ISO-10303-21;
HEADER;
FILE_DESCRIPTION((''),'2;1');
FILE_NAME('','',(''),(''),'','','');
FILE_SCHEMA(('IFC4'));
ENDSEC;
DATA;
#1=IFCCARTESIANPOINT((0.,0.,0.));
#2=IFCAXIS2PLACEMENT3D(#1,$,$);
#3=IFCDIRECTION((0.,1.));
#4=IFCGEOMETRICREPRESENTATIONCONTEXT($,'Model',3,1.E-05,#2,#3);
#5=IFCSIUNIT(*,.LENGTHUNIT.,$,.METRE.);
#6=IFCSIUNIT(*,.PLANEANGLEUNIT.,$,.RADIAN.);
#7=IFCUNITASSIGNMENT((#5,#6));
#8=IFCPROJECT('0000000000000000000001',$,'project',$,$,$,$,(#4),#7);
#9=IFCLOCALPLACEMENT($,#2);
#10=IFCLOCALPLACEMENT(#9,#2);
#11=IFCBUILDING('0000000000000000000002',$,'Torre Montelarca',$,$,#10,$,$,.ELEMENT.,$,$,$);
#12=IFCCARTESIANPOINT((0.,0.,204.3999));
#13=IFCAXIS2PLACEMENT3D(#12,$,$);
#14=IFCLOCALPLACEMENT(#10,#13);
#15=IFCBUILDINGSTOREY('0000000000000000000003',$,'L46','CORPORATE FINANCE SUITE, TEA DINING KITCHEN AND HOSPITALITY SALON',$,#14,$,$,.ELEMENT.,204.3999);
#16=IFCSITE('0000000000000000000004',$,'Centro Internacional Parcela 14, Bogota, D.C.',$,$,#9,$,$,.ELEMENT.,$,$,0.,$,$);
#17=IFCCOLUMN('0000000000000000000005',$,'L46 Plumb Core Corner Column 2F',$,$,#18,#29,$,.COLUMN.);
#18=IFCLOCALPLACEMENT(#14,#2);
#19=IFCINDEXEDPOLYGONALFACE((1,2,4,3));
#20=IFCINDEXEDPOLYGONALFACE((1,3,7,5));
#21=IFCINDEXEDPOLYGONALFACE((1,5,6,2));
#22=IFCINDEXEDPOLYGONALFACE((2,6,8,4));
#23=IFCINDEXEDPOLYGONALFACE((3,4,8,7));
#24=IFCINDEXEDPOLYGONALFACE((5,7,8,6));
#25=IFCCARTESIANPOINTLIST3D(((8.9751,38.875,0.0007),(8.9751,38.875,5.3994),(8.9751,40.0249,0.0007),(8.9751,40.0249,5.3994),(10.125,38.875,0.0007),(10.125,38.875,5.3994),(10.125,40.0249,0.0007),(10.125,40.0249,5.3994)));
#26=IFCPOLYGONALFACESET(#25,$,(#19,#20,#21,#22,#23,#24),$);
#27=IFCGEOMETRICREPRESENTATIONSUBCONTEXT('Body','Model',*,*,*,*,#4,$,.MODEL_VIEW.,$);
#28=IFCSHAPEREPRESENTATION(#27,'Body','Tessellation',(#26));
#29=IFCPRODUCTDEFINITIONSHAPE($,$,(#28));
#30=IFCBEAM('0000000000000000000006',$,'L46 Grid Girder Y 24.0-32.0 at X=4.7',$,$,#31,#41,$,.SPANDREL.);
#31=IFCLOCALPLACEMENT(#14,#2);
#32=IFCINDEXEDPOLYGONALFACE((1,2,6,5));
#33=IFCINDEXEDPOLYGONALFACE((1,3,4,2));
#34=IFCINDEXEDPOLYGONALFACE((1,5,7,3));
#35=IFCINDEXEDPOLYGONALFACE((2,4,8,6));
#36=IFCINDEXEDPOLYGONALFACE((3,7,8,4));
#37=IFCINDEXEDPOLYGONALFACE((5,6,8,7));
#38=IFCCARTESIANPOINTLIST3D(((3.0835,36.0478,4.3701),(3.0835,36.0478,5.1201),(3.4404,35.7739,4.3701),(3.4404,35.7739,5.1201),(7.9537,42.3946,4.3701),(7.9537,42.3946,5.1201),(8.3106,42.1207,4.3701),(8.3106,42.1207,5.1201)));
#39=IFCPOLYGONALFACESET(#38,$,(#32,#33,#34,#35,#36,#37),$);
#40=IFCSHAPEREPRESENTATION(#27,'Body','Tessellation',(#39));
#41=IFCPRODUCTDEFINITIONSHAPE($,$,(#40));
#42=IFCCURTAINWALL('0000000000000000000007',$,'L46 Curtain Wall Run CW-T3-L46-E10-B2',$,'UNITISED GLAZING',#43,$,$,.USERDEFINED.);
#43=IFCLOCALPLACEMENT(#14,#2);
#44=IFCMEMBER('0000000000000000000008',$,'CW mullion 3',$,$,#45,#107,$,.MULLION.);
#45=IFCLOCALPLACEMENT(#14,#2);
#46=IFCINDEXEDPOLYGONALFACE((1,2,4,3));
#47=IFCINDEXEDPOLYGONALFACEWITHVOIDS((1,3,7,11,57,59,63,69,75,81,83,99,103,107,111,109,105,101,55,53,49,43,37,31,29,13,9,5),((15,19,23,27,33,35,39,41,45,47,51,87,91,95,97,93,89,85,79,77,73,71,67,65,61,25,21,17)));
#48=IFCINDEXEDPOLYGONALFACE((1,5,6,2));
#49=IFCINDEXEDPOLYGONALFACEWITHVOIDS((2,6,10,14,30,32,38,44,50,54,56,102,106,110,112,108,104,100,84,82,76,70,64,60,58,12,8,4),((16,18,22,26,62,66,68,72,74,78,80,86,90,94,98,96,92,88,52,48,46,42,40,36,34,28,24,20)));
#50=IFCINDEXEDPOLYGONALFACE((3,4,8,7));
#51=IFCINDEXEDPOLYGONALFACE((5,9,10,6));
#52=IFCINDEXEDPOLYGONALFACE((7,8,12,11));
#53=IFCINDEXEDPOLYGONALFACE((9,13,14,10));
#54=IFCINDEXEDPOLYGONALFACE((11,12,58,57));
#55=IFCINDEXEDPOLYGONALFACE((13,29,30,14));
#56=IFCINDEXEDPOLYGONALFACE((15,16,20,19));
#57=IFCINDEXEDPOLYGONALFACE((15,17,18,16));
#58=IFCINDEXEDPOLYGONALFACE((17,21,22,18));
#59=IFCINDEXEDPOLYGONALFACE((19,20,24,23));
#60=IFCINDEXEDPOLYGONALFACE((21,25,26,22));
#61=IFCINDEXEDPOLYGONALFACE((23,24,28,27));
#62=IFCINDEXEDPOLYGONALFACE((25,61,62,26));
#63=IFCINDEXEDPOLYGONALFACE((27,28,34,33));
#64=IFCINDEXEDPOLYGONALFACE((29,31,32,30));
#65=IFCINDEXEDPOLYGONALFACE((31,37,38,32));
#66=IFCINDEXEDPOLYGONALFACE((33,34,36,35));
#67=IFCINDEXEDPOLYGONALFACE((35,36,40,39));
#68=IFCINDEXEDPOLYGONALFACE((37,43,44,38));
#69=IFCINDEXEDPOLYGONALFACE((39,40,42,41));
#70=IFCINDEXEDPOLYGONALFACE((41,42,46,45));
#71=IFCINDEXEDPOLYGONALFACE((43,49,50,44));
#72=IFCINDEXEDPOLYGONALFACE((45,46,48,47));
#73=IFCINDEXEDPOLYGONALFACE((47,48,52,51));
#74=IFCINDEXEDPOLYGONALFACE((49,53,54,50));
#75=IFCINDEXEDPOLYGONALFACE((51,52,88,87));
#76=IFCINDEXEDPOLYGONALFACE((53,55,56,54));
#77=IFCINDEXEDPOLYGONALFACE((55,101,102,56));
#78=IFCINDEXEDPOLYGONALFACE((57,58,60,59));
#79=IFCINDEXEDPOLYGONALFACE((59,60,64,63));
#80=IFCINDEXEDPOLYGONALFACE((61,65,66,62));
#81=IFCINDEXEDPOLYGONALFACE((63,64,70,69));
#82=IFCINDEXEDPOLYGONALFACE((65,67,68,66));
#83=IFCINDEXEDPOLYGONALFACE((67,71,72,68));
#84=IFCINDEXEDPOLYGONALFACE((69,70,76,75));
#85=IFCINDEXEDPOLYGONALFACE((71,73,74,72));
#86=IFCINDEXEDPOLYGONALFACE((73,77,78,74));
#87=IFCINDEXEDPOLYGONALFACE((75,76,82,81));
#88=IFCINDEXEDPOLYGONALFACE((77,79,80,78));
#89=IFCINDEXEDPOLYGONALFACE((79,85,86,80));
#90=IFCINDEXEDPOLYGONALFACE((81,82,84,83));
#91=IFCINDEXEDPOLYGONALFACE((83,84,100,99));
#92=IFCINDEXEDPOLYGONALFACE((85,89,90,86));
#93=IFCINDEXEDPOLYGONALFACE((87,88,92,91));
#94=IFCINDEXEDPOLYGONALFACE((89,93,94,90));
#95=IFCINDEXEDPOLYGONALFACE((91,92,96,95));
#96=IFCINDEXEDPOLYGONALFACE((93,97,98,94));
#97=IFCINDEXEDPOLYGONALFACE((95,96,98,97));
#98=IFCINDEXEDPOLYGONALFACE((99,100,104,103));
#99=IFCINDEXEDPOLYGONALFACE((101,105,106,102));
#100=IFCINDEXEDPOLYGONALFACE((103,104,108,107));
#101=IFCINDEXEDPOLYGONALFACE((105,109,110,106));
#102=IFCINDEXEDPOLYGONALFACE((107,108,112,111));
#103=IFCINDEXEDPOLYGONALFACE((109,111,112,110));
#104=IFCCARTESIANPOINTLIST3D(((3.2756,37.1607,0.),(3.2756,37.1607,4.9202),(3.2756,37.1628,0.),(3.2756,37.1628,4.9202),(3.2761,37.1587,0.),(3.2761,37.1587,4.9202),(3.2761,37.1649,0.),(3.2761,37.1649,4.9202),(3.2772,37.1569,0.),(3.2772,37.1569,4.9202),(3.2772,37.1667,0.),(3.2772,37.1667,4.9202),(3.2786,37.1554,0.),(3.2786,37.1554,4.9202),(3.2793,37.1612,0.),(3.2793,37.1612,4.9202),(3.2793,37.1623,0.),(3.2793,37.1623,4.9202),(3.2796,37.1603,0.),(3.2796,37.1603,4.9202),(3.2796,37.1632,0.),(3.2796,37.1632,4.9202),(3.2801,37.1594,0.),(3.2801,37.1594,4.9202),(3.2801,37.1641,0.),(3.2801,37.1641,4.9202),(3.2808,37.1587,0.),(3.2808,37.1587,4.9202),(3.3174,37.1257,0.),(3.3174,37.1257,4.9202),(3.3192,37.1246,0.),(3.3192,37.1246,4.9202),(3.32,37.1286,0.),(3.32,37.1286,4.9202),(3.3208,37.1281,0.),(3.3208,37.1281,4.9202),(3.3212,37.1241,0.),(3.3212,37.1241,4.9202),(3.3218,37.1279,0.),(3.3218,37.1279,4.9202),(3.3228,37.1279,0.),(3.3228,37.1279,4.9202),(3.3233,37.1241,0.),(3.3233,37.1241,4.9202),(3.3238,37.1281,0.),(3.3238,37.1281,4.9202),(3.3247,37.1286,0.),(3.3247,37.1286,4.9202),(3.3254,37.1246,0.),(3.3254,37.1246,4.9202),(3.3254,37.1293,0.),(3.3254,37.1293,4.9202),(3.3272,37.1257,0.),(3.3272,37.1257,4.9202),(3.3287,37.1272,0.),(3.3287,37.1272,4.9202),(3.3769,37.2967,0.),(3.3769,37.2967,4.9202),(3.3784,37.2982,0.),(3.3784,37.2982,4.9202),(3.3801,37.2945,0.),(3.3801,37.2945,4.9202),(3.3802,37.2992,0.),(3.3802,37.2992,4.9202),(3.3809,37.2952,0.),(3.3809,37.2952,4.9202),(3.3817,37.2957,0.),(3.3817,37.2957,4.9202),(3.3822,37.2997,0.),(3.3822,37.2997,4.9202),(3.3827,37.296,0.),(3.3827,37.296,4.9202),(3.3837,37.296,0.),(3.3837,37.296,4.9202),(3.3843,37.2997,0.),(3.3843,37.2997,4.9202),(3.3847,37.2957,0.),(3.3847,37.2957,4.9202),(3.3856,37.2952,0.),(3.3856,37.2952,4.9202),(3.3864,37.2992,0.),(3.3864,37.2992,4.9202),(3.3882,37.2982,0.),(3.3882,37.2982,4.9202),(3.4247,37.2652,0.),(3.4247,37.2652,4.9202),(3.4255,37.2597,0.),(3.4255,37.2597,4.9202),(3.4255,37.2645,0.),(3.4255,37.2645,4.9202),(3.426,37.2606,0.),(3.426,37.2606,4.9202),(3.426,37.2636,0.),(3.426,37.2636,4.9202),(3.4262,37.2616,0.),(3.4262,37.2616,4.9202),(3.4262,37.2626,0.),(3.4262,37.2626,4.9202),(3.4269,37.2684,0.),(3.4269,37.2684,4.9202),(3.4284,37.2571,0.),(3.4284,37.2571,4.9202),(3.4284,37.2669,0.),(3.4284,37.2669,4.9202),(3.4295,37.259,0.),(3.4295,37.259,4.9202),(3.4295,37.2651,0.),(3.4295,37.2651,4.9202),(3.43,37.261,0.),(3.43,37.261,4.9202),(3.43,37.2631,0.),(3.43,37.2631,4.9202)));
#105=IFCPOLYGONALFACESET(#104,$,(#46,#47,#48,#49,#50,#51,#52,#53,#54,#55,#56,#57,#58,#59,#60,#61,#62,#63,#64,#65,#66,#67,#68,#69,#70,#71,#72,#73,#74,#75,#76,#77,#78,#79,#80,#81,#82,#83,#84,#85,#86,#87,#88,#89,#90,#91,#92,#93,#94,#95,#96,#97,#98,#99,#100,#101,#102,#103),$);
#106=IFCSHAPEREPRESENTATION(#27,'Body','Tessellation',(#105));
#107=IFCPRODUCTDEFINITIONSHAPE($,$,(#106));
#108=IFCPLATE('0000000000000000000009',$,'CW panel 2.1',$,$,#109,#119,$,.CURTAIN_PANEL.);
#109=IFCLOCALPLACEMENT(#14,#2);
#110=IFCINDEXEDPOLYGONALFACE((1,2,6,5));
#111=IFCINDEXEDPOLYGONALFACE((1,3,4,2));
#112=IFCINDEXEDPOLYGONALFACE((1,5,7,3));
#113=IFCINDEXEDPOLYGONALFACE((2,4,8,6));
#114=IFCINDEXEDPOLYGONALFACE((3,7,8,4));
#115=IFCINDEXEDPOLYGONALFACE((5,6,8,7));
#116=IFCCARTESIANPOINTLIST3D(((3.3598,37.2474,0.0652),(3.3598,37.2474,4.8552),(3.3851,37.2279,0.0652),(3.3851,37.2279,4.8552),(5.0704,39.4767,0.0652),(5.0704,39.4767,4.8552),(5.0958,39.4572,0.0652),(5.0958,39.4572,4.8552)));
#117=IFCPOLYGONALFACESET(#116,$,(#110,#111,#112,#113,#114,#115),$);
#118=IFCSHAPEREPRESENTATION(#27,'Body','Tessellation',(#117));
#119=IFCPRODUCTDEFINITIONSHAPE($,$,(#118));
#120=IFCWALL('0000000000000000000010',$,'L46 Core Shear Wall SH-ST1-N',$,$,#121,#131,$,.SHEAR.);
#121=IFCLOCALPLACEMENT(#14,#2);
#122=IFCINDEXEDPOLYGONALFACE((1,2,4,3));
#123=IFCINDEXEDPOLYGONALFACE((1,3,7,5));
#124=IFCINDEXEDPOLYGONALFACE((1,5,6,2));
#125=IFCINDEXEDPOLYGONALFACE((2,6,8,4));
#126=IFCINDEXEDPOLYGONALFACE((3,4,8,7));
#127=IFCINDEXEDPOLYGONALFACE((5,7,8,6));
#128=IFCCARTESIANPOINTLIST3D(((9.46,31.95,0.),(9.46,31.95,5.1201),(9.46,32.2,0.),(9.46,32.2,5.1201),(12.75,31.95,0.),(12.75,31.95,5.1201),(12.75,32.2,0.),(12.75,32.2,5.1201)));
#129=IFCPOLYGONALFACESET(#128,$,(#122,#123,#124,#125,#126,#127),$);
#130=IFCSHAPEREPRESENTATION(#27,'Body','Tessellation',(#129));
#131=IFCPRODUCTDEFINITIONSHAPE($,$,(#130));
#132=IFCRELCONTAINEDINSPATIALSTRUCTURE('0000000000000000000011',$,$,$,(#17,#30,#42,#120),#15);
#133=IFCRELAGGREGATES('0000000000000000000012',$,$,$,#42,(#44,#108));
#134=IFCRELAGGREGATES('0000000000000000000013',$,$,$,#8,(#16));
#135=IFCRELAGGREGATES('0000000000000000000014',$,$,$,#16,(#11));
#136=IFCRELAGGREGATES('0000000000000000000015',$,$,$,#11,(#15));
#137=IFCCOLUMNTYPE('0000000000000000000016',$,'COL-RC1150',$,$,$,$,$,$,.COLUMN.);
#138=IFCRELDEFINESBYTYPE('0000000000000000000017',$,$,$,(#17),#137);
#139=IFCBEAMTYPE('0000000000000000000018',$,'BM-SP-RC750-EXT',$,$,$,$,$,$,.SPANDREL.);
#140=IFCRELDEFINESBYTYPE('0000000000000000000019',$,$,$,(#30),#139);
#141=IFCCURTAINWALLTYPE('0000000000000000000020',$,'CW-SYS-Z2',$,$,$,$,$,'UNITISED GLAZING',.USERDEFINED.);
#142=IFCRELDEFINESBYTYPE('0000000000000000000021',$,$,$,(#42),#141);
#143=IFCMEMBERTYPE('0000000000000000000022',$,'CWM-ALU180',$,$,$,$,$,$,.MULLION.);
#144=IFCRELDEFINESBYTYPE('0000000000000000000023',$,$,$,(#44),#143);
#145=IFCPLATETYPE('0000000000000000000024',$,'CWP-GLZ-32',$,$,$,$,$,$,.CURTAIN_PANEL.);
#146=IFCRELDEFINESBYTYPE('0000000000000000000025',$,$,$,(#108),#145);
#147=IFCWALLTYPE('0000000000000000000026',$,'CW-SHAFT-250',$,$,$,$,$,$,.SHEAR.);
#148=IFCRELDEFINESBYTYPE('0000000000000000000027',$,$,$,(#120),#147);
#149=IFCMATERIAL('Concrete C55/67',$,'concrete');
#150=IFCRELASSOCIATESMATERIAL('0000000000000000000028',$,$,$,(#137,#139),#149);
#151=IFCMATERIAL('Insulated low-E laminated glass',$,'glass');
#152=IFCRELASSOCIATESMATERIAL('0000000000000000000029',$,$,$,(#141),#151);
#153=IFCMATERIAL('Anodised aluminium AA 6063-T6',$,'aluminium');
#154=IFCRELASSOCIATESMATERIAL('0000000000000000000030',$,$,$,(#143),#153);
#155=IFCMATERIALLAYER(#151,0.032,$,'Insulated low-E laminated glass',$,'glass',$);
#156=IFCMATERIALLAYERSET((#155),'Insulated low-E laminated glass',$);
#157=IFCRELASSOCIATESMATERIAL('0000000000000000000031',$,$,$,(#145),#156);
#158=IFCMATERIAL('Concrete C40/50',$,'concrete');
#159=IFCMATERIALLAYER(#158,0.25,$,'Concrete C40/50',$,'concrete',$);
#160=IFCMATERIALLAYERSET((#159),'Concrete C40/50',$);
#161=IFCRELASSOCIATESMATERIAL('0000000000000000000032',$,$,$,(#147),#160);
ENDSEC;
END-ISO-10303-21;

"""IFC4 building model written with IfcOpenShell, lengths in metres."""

from ifc_helpers import new_model, si_unit, direction, frame, frame_2d, origin, origin_2d, place, context, subcontext, project, spatial, rectangle, hollow_rectangle, extrude, source, transform, mapped, material, layer, layer_set, material_profile, profile_set, type_object, element, aggregate, save


model = new_model("IFC4")

# Units and contexts
model_context = context("Model", 3, precision=1e-05, world=origin(), true_north=direction((0.0, 1.0)))
body_context = subcontext(model_context, "Body", "Model", "MODEL_VIEW")
ifc_project = project(units=[si_unit("LENGTHUNIT", "METRE"), si_unit("PLANEANGLEUNIT", "RADIAN")], contexts=[model_context])

# Site, building, storey
site_placement = place(None, origin())
site = spatial("IfcSite", under=ifc_project, at=site_placement, Name="Centro Internacional Parcela 14, Bogota, D.C.", CompositionType="ELEMENT", RefElevation=0.0)
building_placement = place(site_placement, origin())
building = spatial("IfcBuilding", under=site, at=building_placement, Name="Torre Montelarca", CompositionType="ELEMENT")
storey_placement = place(building_placement, frame((0.0, 0.0, 204.3999)))
storey = spatial("IfcBuildingStorey", under=building, at=storey_placement, Name="L46", Description="CORPORATE FINANCE SUITE, TEA DINING KITCHEN AND HOSPITALITY SALON", CompositionType="ELEMENT", Elevation=204.3999)

# Column
ifc_material_1 = material(Name="Concrete C55/67", Category="concrete")
ifc_material_profile_1 = material_profile(ifc_material_1, rectangle(XDim=1.1499, YDim=1.1499, at=origin_2d()), Name="RC1150X1150", Category="concrete")
ifc_profile_set_1 = profile_set([ifc_material_profile_1], Name="Concrete C55/67")
column_type = type_object("IfcColumnType", Name="COL-RC1150", PredefinedType="COLUMN", material=ifc_profile_set_1)
shared_shape_1 = source(origin(), body_context, "Body", "SweptSolid", [
    extrude(rectangle(XDim=1.1499, YDim=1.1499, at=origin_2d()), origin(), (0.0, 0.0, 1.0), 5.3987),
])
column_placement = place(storey_placement, frame((9.55, 39.45, 0.0007), z_axis=(0.0, 0.0, 1.0), x_axis=(1.0, 0.0, 0.0)))
element("IfcColumn", 1, at=column_placement, inside=storey, type_object=column_type, Name="L46 Plumb Core Corner Column 2F", PredefinedType="COLUMN", context=body_context, shape_type="MappedRepresentation", body=[
    mapped(shared_shape_1, transform((0.0, 0.0, 0.0), scale=1.0)),
])

# Beam
ifc_material_profile_2 = material_profile(ifc_material_1, rectangle(XDim=0.45, YDim=0.75, at=origin_2d()), Name="RCB450X750", Category="concrete")
ifc_profile_set_2 = profile_set([ifc_material_profile_2], Name="Concrete C55/67")
beam_type = type_object("IfcBeamType", Name="BM-SP-RC750-EXT", PredefinedType="SPANDREL", material=ifc_profile_set_2)
shared_shape_2 = source(origin(), body_context, "Body", "SweptSolid", [
    extrude(rectangle(XDim=0.45, YDim=0.75, at=origin_2d()), origin(), (0.0, 0.0, 1.0), 8.0),
])
beam_placement = place(storey_placement, frame((3.262, 35.9109, 4.7451), z_axis=(0.608772, 0.793345, 0.0), x_axis=(-0.793345, 0.608772, 0.0)))
element("IfcBeam", 2, at=beam_placement, inside=storey, type_object=beam_type, Name="L46 Grid Girder Y 24.0-32.0 at X=4.7", PredefinedType="SPANDREL", context=body_context, shape_type="MappedRepresentation", body=[
    mapped(shared_shape_2, transform((0.0, 0.0, 0.0), scale=1.0)),
])

# Curtain wall, member, plate
ifc_material_2 = material(Name="Insulated low-E laminated glass", Category="glass")
curtain_wall_type = type_object("IfcCurtainWallType", Name="CW-SYS-Z2", ElementType="UNITISED GLAZING", PredefinedType="USERDEFINED", material=ifc_material_2)
curtain_wall_placement = place(storey_placement, origin())
curtain_wall = element("IfcCurtainWall", 3, at=curtain_wall_placement, inside=storey, type_object=curtain_wall_type, Name="L46 Curtain Wall Run CW-T3-L46-E10-B2", ObjectType="UNITISED GLAZING", PredefinedType="USERDEFINED")
ifc_material_3 = material(Name="Anodised aluminium AA 6063-T6", Category="aluminium")
ifc_material_profile_3 = material_profile(ifc_material_3, hollow_rectangle(XDim=0.0649, YDim=0.1799, WallThickness=0.0039, InnerFilletRadius=0.0039, OuterFilletRadius=0.0081, at=origin_2d()), Name="ALU65X180X4", Category="aluminium")
ifc_profile_set_3 = profile_set([ifc_material_profile_3], Name="Anodised aluminium AA 6063-T6")
member_type = type_object("IfcMemberType", Name="CWM-ALU180", PredefinedType="MULLION", material=ifc_profile_set_3)
shared_shape_3 = source(origin(), body_context, "Body", "SweptSolid", [
    extrude(hollow_rectangle(XDim=0.0649, YDim=0.1799, WallThickness=0.0039, InnerFilletRadius=0.0039, OuterFilletRadius=0.0081, at=origin_2d()), origin(), (0.0, 0.0, 1.0), 4.9202),
])
member_placement = place(storey_placement, frame((3.3528, 37.2119, 0.0), z_axis=(0.0, 0.0, 1.0), x_axis=(0.793346, -0.608771, 0.0)))
member = element("IfcMember", 4, at=member_placement, type_object=member_type, Name="CW mullion 3", PredefinedType="MULLION", context=body_context, shape_type="MappedRepresentation", body=[
    mapped(shared_shape_3, transform((0.0, 0.0, 0.0), scale=1.0)),
])
ifc_layer_1 = layer(ifc_material_2, 0.032, Name="Insulated low-E laminated glass", Category="glass")
ifc_layer_set_1 = layer_set([ifc_layer_1], Name="Insulated low-E laminated glass")
plate_type = type_object("IfcPlateType", Name="CWP-GLZ-32", PredefinedType="CURTAIN_PANEL", material=ifc_layer_set_1)
shared_shape_4 = source(origin(), body_context, "Body", "SweptSolid", [
    extrude(rectangle(XDim=2.8101, YDim=0.032, at=origin_2d()), origin(), (0.0, 0.0, 1.0), 4.79),
])
plate_placement = place(storey_placement, frame((4.2278, 38.3523, 0.0652), z_axis=(0.0, 0.0, 1.0), x_axis=(-0.608771, -0.793346, 0.0)))
plate = element("IfcPlate", 5, at=plate_placement, type_object=plate_type, Name="CW panel 2.1", PredefinedType="CURTAIN_PANEL", context=body_context, shape_type="MappedRepresentation", body=[
    mapped(shared_shape_4, transform((0.0, 0.0, 0.0), scale=1.0)),
])
aggregate(curtain_wall, [member, plate])

# Wall
ifc_material_4 = material(Name="Concrete C40/50", Category="concrete")
ifc_layer_2 = layer(ifc_material_4, 0.25, Name="Concrete C40/50", Category="concrete")
ifc_layer_set_2 = layer_set([ifc_layer_2], Name="Concrete C40/50")
wall_type_1 = type_object("IfcWallType", Name="CW-SHAFT-250", PredefinedType="SHEAR", material=ifc_layer_set_2)
wall_1_placement = place(storey_placement, frame((9.46, 32.075, 0.0), z_axis=(0.0, 0.0, 1.0), x_axis=(1.0, 0.0, 0.0)))
element("IfcWall", 6, at=wall_1_placement, inside=storey, type_object=wall_type_1, Name="L46 Core Shear Wall SH-ST1-N", PredefinedType="SHEAR", context=body_context, shape_type="SweptSolid", body=[
    extrude(rectangle(XDim=3.29, YDim=0.25, at=frame_2d((1.645, 0.0))), origin(), (0.0, 0.0, 1.0), 5.1201),
])

save(model, "model.ifc")
